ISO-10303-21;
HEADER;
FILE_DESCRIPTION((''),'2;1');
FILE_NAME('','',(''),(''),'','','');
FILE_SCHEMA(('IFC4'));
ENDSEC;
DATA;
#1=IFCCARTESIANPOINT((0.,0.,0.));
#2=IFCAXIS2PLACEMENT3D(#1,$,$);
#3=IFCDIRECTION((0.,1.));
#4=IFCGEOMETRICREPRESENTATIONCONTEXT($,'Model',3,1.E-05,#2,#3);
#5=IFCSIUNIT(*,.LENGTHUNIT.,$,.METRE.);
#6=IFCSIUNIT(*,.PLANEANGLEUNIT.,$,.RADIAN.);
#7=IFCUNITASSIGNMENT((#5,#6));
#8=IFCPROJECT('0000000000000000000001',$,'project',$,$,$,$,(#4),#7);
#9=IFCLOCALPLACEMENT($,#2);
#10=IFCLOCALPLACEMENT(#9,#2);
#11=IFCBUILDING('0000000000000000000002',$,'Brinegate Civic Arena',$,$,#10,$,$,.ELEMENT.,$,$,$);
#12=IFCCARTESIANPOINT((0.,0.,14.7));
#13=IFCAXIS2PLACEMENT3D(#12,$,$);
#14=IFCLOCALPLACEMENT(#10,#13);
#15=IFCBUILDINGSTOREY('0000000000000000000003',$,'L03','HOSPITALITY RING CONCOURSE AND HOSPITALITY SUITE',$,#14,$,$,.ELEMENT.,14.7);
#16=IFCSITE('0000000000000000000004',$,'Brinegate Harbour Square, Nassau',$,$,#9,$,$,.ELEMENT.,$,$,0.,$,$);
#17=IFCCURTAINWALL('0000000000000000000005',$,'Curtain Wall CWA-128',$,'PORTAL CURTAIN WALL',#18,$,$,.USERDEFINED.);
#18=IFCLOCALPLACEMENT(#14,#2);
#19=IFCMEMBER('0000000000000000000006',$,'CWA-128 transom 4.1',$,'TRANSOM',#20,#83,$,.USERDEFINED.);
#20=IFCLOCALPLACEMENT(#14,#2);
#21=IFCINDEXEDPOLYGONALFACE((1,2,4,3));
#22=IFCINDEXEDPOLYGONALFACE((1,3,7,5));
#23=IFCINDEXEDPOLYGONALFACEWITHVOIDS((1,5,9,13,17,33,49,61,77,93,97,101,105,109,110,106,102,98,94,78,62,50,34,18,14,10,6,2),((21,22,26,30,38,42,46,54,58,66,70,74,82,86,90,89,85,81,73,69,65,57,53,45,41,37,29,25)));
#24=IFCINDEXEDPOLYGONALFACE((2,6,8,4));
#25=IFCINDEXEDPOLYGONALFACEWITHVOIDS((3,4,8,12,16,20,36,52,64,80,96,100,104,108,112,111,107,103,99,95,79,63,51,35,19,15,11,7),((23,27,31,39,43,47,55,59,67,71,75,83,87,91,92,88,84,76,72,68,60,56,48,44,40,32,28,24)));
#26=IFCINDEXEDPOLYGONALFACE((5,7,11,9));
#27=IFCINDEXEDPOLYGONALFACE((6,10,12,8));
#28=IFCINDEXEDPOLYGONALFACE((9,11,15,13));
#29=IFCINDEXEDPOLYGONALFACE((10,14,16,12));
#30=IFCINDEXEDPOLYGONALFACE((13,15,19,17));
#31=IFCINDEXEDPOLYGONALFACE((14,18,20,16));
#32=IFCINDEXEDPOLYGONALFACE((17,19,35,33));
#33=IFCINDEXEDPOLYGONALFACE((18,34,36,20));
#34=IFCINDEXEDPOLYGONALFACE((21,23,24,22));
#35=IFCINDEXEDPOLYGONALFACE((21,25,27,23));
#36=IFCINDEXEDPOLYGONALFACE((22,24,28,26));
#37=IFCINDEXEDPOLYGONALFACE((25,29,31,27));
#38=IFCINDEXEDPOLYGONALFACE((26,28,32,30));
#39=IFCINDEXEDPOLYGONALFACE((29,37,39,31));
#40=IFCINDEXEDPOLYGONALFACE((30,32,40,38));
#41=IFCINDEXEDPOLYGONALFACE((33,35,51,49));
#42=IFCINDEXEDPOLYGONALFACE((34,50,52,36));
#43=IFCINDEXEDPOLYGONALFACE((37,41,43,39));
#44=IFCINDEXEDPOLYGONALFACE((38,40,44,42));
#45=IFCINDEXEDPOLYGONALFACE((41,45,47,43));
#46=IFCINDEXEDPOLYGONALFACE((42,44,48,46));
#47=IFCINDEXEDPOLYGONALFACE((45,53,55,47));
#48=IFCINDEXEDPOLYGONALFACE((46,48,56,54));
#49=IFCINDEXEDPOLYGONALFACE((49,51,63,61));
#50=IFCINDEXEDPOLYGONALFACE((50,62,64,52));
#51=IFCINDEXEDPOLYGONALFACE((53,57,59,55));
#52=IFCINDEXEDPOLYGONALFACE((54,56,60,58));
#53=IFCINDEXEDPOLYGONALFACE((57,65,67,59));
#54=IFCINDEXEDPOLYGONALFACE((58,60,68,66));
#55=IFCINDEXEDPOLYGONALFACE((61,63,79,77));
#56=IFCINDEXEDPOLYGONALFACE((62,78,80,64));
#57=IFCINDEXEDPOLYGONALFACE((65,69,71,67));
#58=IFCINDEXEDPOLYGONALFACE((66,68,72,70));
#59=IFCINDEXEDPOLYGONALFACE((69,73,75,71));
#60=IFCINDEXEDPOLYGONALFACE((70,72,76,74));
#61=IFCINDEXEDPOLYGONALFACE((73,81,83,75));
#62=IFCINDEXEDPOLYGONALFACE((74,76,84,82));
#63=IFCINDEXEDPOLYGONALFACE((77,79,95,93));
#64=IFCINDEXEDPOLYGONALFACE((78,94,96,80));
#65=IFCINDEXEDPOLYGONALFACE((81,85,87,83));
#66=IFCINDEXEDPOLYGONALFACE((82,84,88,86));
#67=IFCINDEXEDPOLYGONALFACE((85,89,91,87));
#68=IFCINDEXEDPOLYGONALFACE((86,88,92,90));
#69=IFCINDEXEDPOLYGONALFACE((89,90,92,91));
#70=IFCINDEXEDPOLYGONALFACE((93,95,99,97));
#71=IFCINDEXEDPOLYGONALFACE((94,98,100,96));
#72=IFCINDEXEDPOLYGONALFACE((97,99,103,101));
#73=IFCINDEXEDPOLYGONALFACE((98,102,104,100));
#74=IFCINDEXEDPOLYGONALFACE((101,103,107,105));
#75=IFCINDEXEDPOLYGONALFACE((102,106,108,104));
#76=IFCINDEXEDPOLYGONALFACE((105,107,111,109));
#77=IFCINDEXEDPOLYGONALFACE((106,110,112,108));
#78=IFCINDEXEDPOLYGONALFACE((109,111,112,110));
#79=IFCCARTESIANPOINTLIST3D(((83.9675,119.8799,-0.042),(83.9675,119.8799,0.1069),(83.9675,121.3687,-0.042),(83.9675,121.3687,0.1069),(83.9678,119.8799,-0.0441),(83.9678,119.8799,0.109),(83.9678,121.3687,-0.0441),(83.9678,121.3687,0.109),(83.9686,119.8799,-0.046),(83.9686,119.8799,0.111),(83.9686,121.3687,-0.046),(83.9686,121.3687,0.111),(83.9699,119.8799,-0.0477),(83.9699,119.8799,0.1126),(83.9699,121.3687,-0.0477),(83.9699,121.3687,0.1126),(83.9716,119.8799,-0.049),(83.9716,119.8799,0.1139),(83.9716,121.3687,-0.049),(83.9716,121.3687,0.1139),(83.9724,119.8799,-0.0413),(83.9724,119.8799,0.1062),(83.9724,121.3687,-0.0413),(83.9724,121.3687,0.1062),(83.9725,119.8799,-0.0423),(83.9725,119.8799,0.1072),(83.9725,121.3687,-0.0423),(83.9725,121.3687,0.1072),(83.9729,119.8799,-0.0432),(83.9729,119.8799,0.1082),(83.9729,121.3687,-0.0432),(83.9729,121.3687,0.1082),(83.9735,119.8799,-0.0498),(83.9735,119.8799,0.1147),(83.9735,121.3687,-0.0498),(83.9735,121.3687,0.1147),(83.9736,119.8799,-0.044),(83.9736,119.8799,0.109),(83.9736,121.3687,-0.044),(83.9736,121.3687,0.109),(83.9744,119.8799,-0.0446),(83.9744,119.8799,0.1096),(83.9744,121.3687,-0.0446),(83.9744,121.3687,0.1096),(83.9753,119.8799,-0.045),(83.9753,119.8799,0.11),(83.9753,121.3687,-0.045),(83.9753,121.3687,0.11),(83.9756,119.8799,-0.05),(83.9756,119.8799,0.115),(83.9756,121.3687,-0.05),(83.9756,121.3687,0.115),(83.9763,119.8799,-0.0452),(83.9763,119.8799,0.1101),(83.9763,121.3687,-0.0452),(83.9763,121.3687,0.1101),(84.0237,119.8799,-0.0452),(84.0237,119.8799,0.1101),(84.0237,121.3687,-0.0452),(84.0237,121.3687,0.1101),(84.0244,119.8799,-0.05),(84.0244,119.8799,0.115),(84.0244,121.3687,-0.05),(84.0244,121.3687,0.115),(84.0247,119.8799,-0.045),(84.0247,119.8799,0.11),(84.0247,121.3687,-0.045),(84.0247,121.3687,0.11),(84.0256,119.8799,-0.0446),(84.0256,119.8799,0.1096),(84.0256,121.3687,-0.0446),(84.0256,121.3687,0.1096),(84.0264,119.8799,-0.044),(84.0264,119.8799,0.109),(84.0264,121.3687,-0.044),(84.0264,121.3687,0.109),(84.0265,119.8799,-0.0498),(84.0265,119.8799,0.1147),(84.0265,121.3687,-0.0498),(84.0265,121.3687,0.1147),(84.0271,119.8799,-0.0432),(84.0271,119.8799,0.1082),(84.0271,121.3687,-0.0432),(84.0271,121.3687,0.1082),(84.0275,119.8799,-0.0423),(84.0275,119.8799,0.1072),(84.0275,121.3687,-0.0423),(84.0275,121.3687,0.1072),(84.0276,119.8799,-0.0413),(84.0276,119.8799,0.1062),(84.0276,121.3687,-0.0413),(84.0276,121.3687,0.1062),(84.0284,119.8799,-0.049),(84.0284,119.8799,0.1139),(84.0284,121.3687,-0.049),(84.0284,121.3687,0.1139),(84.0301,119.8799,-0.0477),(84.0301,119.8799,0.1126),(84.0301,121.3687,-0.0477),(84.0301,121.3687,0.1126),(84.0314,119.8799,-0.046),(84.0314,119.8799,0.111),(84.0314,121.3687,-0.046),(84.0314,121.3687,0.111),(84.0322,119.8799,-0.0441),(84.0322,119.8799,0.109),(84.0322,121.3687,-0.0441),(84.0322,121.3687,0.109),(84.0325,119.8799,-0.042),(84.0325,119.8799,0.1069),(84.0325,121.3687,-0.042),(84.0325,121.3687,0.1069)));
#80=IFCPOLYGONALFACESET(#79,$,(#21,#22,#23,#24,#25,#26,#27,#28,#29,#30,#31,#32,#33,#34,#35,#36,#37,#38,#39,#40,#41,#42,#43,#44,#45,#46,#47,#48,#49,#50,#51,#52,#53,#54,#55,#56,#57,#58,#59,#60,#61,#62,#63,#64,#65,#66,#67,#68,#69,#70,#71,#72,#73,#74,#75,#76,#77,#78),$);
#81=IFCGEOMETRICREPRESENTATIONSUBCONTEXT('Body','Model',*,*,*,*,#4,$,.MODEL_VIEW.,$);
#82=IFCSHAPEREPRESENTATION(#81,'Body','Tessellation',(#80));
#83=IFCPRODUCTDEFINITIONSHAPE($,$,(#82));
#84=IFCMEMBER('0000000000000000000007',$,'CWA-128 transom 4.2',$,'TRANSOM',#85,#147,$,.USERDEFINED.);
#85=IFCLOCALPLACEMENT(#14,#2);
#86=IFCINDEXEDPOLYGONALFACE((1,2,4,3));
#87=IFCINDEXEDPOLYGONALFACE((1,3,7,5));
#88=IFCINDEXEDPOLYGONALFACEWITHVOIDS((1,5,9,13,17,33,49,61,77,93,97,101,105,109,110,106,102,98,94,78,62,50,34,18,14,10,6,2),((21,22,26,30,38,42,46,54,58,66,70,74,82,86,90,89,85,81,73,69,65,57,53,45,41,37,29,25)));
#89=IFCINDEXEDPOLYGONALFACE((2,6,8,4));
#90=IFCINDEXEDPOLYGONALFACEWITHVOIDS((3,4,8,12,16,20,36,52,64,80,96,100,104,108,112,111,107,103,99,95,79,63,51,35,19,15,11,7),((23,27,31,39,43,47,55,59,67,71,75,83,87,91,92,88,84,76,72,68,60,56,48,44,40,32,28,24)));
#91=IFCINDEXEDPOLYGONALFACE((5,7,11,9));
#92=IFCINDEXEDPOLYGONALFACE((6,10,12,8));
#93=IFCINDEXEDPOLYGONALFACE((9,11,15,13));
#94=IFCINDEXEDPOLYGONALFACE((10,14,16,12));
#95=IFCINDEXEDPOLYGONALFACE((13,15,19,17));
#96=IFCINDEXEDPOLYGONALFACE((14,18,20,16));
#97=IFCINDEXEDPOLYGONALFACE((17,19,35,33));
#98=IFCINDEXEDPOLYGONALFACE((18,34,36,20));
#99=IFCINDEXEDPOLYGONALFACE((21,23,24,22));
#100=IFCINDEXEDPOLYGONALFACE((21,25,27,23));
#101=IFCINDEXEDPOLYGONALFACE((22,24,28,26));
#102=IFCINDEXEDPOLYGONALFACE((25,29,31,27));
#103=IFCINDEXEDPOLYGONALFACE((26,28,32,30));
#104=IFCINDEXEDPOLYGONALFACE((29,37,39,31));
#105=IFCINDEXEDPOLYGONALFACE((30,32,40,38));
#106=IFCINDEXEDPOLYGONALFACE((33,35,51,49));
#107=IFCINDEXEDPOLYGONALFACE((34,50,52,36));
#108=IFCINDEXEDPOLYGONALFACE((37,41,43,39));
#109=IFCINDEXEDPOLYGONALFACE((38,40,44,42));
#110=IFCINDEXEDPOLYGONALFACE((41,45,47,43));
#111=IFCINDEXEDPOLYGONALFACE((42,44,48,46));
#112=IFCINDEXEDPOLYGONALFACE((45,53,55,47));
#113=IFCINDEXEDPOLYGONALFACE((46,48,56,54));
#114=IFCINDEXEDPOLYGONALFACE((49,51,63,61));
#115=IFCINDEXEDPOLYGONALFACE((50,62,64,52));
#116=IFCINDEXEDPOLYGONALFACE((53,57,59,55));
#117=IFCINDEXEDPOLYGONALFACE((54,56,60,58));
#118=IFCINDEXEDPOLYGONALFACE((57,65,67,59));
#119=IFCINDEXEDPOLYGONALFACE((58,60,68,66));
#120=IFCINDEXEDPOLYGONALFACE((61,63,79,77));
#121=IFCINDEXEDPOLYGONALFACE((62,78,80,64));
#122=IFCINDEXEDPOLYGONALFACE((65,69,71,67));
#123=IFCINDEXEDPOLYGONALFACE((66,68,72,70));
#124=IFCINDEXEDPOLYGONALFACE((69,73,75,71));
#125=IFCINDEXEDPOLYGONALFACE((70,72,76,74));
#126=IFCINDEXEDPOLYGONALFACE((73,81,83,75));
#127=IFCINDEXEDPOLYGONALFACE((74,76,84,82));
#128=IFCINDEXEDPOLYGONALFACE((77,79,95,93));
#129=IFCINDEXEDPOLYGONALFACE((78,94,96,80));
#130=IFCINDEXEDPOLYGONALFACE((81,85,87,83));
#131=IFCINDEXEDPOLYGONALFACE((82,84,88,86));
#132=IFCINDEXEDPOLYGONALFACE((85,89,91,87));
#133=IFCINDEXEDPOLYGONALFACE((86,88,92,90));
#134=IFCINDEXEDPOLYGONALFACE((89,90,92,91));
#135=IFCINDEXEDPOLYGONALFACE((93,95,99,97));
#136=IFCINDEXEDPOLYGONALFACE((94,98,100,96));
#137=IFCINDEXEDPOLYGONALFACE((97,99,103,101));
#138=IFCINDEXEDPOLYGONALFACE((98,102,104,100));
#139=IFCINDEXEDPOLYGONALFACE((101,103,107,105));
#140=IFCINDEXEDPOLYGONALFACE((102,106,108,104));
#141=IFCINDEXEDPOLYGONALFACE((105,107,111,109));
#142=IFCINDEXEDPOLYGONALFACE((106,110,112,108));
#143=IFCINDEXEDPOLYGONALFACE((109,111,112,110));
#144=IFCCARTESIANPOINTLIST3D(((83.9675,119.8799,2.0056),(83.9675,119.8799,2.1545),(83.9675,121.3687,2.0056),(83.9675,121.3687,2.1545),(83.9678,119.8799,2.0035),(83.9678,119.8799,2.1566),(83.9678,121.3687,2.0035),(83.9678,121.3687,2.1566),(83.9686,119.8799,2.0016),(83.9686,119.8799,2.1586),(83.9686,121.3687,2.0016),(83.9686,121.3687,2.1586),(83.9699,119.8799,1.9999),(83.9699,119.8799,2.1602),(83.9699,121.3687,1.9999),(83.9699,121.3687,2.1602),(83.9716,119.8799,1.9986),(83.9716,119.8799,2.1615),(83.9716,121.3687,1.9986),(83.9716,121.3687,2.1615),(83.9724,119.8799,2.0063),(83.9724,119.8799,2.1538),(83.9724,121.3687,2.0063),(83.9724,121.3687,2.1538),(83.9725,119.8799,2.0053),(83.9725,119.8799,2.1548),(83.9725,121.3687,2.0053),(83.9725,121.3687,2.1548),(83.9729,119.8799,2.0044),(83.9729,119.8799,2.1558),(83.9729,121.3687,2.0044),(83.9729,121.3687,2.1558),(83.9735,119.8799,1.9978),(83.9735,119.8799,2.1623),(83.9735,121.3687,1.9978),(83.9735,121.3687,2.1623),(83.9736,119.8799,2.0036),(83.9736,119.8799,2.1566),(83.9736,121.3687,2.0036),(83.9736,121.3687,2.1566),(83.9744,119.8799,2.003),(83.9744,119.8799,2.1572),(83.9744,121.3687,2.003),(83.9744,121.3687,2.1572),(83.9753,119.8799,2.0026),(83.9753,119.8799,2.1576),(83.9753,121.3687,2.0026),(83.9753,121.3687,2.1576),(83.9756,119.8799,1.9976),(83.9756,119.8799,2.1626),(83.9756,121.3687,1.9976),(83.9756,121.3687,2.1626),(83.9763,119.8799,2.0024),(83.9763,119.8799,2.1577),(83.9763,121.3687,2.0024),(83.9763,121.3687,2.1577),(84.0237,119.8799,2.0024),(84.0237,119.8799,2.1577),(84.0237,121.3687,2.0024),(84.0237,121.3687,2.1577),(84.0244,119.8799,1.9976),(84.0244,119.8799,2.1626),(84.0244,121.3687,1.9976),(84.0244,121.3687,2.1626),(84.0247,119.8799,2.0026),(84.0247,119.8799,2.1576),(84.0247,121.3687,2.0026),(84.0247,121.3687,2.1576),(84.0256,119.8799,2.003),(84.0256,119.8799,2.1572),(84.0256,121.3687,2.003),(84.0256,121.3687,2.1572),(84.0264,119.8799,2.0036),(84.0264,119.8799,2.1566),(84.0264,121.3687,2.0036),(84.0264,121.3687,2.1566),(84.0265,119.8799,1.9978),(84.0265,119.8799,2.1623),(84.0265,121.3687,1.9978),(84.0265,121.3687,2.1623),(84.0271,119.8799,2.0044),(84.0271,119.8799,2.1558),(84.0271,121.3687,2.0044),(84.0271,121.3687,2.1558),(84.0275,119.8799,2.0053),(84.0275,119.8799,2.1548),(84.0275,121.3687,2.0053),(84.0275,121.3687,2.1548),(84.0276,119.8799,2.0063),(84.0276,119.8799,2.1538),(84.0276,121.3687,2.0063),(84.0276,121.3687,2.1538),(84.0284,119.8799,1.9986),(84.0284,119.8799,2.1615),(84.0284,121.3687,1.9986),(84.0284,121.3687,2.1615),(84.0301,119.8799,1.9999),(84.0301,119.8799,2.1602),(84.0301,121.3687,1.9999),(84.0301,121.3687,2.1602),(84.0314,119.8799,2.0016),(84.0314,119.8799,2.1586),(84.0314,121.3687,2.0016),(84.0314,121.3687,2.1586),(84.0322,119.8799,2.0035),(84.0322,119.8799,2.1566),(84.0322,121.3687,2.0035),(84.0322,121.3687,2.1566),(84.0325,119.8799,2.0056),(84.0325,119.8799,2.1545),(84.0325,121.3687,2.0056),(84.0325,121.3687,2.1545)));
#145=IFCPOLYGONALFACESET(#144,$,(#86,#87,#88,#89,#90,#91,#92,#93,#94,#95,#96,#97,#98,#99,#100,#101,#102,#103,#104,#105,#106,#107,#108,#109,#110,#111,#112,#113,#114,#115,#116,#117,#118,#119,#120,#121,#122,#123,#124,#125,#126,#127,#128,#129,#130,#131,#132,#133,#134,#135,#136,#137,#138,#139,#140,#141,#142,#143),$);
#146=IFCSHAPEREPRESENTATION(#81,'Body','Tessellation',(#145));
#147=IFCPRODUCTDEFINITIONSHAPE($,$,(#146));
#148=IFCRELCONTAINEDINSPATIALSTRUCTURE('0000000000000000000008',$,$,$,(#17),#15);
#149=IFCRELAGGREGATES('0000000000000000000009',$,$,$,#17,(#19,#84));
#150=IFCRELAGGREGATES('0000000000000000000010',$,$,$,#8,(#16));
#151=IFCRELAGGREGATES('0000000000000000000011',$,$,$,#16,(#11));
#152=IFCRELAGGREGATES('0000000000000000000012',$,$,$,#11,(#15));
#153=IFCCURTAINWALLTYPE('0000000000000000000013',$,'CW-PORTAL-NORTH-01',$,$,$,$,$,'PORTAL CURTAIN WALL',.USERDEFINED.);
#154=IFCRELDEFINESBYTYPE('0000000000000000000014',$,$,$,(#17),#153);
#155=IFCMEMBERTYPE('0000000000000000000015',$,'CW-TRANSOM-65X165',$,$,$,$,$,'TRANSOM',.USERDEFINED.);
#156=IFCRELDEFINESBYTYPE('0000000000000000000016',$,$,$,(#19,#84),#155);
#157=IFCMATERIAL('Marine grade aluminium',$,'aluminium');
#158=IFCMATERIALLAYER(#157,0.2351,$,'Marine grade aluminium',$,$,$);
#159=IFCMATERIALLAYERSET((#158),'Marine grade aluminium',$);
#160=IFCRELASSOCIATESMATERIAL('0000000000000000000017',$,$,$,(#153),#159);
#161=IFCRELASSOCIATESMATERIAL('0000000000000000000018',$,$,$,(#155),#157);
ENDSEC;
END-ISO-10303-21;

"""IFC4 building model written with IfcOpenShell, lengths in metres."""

from ifc_helpers import new_model, si_unit, direction, frame, origin, origin_2d, place, context, subcontext, project, spatial, hollow_rectangle, extrude, material, layer, layer_set, material_profile, profile_set, type_object, element, aggregate, save


model = new_model("IFC4")

# Units and contexts
model_context = context("Model", 3, precision=1e-05, world=origin(), true_north=direction((0.0, 1.0)))
body_context = subcontext(model_context, "Body", "Model", "MODEL_VIEW")
ifc_project = project(units=[si_unit("LENGTHUNIT", "METRE"), si_unit("PLANEANGLEUNIT", "RADIAN")], contexts=[model_context])

# Site, building, storey
site_placement = place(None, origin())
site = spatial("IfcSite", under=ifc_project, at=site_placement, Name="Brinegate Harbour Square, Nassau", CompositionType="ELEMENT", RefElevation=0.0)
building_placement = place(site_placement, origin())
building = spatial("IfcBuilding", under=site, at=building_placement, Name="Brinegate Civic Arena", CompositionType="ELEMENT")
storey_placement = place(building_placement, frame((0.0, 0.0, 14.7)))
storey = spatial("IfcBuildingStorey", under=building, at=storey_placement, Name="L03", Description="HOSPITALITY RING CONCOURSE AND HOSPITALITY SUITE", CompositionType="ELEMENT", Elevation=14.7)

# Curtain wall, members
ifc_material_1 = material(Name="Marine grade aluminium", Category="aluminium")
ifc_layer_1 = layer(ifc_material_1, 0.2351, Name="Marine grade aluminium")
ifc_layer_set_1 = layer_set([ifc_layer_1], Name="Marine grade aluminium")
curtain_wall_type = type_object("IfcCurtainWallType", Name="CW-PORTAL-NORTH-01", ElementType="PORTAL CURTAIN WALL", PredefinedType="USERDEFINED", material=ifc_layer_set_1)
curtain_wall_placement = place(storey_placement, origin())
curtain_wall = element("IfcCurtainWall", 1, at=curtain_wall_placement, inside=storey, type_object=curtain_wall_type, Name="Curtain Wall CWA-128", ObjectType="PORTAL CURTAIN WALL", PredefinedType="USERDEFINED")
ifc_material_profile_1 = material_profile(ifc_material_1, hollow_rectangle(XDim=0.0649, YDim=0.165, WallThickness=0.0049, InnerFilletRadius=0.0039, OuterFilletRadius=0.0081, at=origin_2d()), Name="TRN65X165")
ifc_profile_set_1 = profile_set([ifc_material_profile_1], Name="Marine grade aluminium")
member_type_1 = type_object("IfcMemberType", Name="CW-TRANSOM-65X165", ElementType="TRANSOM", PredefinedType="USERDEFINED", material=ifc_profile_set_1)
member_1_placement = place(storey_placement, frame((84.0, 119.8799, 0.0325), z_axis=(0.0, 1.0, 0.0), x_axis=(-1.0, 0.0, 0.0)))
member_1 = element("IfcMember", 2, at=member_1_placement, type_object=member_type_1, Name="CWA-128 transom 4.1", ObjectType="TRANSOM", PredefinedType="USERDEFINED", context=body_context, shape_type="SweptSolid", body=[
    extrude(hollow_rectangle(XDim=0.0649, YDim=0.165, WallThickness=0.0049, InnerFilletRadius=0.0039, OuterFilletRadius=0.0081, at=origin_2d()), origin(), (0.0, 0.0, 1.0), 1.4888),
])
member_2_placement = place(storey_placement, frame((84.0, 119.8799, 2.0801), z_axis=(0.0, 1.0, 0.0), x_axis=(-1.0, 0.0, 0.0)))
member_2 = element("IfcMember", 3, at=member_2_placement, type_object=member_type_1, Name="CWA-128 transom 4.2", ObjectType="TRANSOM", PredefinedType="USERDEFINED", context=body_context, shape_type="SweptSolid", body=[
    extrude(hollow_rectangle(XDim=0.0649, YDim=0.165, WallThickness=0.0049, InnerFilletRadius=0.0039, OuterFilletRadius=0.0081, at=origin_2d()), origin(), (0.0, 0.0, 1.0), 1.4888),
])

aggregate(curtain_wall, [member_1, member_2])

save(model, "model.ifc")
